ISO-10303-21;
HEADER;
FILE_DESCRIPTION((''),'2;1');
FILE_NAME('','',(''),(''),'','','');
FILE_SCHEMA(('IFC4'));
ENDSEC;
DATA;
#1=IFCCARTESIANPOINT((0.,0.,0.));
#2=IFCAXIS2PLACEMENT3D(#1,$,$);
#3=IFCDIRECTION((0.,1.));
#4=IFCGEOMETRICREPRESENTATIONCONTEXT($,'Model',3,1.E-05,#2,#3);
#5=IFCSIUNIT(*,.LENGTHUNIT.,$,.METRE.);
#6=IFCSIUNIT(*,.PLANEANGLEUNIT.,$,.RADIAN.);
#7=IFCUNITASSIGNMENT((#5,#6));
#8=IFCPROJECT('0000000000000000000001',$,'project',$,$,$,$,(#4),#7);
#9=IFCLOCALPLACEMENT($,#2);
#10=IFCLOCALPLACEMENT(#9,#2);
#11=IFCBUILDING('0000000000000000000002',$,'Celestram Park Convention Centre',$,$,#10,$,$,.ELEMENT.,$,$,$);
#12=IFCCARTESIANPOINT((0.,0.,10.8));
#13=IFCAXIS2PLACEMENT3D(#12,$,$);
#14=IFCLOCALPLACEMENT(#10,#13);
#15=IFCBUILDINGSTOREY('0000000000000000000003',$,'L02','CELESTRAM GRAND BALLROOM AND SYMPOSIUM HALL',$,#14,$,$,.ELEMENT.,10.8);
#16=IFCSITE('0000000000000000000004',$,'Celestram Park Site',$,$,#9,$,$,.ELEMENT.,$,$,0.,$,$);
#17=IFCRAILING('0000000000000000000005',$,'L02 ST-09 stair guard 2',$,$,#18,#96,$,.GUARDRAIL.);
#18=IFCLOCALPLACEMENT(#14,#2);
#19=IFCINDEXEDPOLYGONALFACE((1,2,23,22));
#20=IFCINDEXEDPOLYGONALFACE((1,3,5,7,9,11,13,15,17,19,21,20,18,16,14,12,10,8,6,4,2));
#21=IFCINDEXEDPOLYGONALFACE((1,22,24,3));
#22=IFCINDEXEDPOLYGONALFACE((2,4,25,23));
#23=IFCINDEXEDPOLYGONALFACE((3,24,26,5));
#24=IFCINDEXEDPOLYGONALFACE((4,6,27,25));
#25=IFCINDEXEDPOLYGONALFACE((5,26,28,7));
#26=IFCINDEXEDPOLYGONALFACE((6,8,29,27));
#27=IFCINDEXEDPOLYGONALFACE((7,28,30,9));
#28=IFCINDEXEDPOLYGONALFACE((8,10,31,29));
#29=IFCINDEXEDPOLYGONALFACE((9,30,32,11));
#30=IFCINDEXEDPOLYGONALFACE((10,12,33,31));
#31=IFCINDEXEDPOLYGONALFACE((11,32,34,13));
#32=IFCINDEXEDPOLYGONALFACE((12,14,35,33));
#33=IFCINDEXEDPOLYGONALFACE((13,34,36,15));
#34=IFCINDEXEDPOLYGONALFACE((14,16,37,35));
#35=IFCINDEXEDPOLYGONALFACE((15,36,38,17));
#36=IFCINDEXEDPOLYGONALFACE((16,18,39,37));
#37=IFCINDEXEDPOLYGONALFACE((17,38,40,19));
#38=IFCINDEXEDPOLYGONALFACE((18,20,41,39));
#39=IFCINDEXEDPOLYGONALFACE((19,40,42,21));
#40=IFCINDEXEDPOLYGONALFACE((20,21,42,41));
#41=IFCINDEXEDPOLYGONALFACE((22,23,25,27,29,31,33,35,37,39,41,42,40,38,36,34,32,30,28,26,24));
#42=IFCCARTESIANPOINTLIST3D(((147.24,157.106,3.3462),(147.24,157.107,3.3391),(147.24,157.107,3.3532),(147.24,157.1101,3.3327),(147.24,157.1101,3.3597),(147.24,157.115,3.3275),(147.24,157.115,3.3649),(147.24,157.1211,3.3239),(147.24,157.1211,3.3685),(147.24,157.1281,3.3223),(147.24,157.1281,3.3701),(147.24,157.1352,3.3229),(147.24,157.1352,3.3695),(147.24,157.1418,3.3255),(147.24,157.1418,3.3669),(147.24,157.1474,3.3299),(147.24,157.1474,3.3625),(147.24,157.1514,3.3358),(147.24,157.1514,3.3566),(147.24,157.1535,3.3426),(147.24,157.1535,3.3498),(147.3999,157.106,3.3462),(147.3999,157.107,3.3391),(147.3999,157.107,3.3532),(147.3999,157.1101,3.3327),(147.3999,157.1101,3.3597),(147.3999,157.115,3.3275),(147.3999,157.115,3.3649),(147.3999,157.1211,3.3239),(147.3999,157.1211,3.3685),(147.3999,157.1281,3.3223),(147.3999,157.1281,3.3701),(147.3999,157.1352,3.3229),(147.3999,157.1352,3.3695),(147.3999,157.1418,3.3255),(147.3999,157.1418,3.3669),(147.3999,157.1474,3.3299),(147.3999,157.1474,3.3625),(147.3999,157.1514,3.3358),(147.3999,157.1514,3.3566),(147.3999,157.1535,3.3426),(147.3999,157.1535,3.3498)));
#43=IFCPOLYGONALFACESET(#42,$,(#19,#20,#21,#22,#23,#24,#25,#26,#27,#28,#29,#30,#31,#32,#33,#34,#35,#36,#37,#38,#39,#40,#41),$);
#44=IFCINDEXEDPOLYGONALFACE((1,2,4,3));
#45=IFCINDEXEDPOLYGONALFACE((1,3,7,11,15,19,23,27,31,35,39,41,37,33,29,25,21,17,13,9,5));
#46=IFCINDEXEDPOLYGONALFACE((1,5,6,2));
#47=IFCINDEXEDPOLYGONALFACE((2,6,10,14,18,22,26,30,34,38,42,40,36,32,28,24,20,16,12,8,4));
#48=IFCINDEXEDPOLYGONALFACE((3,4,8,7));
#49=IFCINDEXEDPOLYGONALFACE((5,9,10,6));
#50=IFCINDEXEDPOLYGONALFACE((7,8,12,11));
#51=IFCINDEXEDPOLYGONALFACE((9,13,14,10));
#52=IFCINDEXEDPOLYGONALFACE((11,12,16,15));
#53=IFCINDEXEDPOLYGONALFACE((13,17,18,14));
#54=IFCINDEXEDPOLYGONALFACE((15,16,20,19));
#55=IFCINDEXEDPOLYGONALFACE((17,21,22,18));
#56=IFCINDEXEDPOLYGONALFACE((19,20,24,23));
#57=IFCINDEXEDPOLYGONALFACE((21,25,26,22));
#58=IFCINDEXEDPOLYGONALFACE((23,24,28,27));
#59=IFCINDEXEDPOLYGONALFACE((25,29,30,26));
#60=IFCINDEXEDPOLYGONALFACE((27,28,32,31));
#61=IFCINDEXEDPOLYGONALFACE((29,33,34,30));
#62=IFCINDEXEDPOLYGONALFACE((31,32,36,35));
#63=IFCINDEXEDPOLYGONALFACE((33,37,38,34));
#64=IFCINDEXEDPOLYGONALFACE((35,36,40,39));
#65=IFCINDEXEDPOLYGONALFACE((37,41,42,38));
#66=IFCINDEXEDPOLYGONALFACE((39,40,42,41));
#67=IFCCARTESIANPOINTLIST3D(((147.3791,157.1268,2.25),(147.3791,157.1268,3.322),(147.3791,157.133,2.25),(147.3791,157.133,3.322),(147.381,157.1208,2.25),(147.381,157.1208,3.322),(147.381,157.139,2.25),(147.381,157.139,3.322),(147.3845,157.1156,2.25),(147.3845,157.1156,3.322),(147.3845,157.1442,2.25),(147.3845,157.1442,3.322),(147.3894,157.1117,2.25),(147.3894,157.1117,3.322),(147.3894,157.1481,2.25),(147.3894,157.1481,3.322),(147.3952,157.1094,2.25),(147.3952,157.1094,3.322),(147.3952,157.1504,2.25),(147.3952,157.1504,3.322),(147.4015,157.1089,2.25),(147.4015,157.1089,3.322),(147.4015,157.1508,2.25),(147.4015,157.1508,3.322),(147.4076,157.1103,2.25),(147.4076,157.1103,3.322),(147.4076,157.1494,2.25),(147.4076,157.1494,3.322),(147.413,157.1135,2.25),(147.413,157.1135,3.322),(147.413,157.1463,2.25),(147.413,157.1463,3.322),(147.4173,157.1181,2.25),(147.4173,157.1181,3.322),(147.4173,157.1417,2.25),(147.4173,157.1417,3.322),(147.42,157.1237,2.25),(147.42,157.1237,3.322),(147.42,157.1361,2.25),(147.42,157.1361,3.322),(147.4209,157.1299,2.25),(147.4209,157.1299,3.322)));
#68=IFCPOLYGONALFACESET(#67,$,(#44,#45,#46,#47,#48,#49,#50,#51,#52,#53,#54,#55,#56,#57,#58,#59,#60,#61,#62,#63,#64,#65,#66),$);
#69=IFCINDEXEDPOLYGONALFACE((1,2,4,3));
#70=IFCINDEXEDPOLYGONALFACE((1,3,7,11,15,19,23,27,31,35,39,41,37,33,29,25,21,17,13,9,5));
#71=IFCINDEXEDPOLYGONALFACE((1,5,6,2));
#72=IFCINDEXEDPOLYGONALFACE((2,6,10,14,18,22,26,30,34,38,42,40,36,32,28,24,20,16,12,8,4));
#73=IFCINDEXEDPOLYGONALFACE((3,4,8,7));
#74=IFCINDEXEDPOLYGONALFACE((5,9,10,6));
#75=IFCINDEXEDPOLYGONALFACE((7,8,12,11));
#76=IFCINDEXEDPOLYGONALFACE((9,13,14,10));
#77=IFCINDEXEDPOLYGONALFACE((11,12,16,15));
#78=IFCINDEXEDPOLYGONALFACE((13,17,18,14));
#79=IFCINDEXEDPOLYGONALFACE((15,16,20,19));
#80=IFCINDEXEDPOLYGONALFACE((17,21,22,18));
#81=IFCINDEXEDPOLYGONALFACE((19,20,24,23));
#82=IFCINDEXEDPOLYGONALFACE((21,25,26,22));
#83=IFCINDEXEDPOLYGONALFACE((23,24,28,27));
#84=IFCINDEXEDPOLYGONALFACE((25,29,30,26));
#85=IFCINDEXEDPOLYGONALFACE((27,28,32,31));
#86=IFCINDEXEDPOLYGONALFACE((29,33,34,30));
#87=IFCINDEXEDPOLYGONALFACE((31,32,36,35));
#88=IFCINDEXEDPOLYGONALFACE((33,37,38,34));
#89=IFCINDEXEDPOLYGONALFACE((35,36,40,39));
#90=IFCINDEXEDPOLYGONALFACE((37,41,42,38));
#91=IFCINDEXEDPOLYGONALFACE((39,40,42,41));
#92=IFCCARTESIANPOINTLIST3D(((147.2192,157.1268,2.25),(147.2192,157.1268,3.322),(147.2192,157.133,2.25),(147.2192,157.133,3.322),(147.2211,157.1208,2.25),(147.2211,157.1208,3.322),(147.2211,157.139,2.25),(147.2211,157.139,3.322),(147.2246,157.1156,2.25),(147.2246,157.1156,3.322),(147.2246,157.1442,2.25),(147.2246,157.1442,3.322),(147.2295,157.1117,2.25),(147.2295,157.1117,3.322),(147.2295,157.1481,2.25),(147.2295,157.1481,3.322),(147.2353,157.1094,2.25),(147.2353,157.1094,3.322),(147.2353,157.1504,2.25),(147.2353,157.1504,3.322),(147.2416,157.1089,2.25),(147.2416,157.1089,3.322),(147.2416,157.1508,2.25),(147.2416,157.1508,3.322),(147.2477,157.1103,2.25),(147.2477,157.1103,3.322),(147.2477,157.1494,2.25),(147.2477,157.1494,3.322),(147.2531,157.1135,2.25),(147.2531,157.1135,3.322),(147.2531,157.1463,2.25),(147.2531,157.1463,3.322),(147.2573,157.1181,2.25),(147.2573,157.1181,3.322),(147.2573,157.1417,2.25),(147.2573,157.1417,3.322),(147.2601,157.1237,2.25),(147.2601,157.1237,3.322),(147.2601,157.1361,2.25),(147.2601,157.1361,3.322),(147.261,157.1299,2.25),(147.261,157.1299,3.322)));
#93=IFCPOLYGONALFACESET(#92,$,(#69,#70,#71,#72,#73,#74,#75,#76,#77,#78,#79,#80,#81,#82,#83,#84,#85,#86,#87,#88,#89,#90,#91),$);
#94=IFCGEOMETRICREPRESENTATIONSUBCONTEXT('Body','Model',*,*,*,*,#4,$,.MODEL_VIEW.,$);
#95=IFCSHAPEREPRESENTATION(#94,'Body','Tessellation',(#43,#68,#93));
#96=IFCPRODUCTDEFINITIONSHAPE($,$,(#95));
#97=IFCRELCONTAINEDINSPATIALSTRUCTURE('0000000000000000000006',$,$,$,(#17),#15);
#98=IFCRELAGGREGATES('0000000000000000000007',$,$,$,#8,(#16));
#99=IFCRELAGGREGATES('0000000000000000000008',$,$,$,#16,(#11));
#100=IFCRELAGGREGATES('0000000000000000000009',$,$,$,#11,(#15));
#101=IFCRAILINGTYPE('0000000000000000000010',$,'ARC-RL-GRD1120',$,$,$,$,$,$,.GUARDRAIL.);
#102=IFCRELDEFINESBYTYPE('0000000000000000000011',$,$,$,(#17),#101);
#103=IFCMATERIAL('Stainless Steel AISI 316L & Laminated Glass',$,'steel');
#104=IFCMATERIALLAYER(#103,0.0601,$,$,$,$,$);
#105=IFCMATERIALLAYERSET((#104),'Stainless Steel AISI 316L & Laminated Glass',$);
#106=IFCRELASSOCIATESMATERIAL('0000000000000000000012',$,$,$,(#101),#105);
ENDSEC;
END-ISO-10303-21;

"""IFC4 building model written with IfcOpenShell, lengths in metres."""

from ifc_helpers import new_model, si_unit, direction, frame, origin, origin_2d, place, context, subcontext, project, spatial, circle, extrude, material, layer, layer_set, type_object, element, save


model = new_model("IFC4")

# Units and contexts
model_context = context("Model", 3, precision=1e-05, world=origin(), true_north=direction((0.0, 1.0)))
body_context = subcontext(model_context, "Body", "Model", "MODEL_VIEW")
ifc_project = project(units=[si_unit("LENGTHUNIT", "METRE"), si_unit("PLANEANGLEUNIT", "RADIAN")], contexts=[model_context])

# Site, building, storey
site_placement = place(None, origin())
site = spatial("IfcSite", under=ifc_project, at=site_placement, Name="Celestram Park Site", CompositionType="ELEMENT", RefElevation=0.0)
building_placement = place(site_placement, origin())
building = spatial("IfcBuilding", under=site, at=building_placement, Name="Celestram Park Convention Centre", CompositionType="ELEMENT")
storey_placement = place(building_placement, frame((0.0, 0.0, 10.8)))
storey = spatial("IfcBuildingStorey", under=building, at=storey_placement, Name="L02", Description="CELESTRAM GRAND BALLROOM AND SYMPOSIUM HALL", CompositionType="ELEMENT", Elevation=10.8)

# Railing
ifc_material_1 = material(Name="Stainless Steel AISI 316L & Laminated Glass", Category="steel")
ifc_layer_1 = layer(ifc_material_1, 0.0601)
ifc_layer_set_1 = layer_set([ifc_layer_1], Name="Stainless Steel AISI 316L & Laminated Glass")
railing_type_1 = type_object("IfcRailingType", Name="ARC-RL-GRD1120", PredefinedType="GUARDRAIL", material=ifc_layer_set_1)
railing_1_placement = place(storey_placement, frame((147.3999, 157.1299, 2.25)))
element("IfcRailing", 1, at=railing_1_placement, inside=storey, type_object=railing_type_1, Name="L02 ST-09 stair guard 2", PredefinedType="GUARDRAIL", context=body_context, shape_type="SweptSolid", body=[
    extrude(circle(Radius=0.0239, at=origin_2d()), frame((0.0, 0.0, 1.0962), z_axis=(-1.0, 0.0, 0.0), x_axis=(0.0, -1.0, 0.0)), (0.0, 0.0, 1.0), 0.1599),
    extrude(circle(Radius=0.021, at=origin_2d()), origin(), (0.0, 0.0, 1.0), 1.072),
    extrude(circle(Radius=0.021, at=origin_2d()), frame((-0.1599, 0.0, 0.0)), (0.0, 0.0, 1.0), 1.072),
])

save(model, "model.ifc")
